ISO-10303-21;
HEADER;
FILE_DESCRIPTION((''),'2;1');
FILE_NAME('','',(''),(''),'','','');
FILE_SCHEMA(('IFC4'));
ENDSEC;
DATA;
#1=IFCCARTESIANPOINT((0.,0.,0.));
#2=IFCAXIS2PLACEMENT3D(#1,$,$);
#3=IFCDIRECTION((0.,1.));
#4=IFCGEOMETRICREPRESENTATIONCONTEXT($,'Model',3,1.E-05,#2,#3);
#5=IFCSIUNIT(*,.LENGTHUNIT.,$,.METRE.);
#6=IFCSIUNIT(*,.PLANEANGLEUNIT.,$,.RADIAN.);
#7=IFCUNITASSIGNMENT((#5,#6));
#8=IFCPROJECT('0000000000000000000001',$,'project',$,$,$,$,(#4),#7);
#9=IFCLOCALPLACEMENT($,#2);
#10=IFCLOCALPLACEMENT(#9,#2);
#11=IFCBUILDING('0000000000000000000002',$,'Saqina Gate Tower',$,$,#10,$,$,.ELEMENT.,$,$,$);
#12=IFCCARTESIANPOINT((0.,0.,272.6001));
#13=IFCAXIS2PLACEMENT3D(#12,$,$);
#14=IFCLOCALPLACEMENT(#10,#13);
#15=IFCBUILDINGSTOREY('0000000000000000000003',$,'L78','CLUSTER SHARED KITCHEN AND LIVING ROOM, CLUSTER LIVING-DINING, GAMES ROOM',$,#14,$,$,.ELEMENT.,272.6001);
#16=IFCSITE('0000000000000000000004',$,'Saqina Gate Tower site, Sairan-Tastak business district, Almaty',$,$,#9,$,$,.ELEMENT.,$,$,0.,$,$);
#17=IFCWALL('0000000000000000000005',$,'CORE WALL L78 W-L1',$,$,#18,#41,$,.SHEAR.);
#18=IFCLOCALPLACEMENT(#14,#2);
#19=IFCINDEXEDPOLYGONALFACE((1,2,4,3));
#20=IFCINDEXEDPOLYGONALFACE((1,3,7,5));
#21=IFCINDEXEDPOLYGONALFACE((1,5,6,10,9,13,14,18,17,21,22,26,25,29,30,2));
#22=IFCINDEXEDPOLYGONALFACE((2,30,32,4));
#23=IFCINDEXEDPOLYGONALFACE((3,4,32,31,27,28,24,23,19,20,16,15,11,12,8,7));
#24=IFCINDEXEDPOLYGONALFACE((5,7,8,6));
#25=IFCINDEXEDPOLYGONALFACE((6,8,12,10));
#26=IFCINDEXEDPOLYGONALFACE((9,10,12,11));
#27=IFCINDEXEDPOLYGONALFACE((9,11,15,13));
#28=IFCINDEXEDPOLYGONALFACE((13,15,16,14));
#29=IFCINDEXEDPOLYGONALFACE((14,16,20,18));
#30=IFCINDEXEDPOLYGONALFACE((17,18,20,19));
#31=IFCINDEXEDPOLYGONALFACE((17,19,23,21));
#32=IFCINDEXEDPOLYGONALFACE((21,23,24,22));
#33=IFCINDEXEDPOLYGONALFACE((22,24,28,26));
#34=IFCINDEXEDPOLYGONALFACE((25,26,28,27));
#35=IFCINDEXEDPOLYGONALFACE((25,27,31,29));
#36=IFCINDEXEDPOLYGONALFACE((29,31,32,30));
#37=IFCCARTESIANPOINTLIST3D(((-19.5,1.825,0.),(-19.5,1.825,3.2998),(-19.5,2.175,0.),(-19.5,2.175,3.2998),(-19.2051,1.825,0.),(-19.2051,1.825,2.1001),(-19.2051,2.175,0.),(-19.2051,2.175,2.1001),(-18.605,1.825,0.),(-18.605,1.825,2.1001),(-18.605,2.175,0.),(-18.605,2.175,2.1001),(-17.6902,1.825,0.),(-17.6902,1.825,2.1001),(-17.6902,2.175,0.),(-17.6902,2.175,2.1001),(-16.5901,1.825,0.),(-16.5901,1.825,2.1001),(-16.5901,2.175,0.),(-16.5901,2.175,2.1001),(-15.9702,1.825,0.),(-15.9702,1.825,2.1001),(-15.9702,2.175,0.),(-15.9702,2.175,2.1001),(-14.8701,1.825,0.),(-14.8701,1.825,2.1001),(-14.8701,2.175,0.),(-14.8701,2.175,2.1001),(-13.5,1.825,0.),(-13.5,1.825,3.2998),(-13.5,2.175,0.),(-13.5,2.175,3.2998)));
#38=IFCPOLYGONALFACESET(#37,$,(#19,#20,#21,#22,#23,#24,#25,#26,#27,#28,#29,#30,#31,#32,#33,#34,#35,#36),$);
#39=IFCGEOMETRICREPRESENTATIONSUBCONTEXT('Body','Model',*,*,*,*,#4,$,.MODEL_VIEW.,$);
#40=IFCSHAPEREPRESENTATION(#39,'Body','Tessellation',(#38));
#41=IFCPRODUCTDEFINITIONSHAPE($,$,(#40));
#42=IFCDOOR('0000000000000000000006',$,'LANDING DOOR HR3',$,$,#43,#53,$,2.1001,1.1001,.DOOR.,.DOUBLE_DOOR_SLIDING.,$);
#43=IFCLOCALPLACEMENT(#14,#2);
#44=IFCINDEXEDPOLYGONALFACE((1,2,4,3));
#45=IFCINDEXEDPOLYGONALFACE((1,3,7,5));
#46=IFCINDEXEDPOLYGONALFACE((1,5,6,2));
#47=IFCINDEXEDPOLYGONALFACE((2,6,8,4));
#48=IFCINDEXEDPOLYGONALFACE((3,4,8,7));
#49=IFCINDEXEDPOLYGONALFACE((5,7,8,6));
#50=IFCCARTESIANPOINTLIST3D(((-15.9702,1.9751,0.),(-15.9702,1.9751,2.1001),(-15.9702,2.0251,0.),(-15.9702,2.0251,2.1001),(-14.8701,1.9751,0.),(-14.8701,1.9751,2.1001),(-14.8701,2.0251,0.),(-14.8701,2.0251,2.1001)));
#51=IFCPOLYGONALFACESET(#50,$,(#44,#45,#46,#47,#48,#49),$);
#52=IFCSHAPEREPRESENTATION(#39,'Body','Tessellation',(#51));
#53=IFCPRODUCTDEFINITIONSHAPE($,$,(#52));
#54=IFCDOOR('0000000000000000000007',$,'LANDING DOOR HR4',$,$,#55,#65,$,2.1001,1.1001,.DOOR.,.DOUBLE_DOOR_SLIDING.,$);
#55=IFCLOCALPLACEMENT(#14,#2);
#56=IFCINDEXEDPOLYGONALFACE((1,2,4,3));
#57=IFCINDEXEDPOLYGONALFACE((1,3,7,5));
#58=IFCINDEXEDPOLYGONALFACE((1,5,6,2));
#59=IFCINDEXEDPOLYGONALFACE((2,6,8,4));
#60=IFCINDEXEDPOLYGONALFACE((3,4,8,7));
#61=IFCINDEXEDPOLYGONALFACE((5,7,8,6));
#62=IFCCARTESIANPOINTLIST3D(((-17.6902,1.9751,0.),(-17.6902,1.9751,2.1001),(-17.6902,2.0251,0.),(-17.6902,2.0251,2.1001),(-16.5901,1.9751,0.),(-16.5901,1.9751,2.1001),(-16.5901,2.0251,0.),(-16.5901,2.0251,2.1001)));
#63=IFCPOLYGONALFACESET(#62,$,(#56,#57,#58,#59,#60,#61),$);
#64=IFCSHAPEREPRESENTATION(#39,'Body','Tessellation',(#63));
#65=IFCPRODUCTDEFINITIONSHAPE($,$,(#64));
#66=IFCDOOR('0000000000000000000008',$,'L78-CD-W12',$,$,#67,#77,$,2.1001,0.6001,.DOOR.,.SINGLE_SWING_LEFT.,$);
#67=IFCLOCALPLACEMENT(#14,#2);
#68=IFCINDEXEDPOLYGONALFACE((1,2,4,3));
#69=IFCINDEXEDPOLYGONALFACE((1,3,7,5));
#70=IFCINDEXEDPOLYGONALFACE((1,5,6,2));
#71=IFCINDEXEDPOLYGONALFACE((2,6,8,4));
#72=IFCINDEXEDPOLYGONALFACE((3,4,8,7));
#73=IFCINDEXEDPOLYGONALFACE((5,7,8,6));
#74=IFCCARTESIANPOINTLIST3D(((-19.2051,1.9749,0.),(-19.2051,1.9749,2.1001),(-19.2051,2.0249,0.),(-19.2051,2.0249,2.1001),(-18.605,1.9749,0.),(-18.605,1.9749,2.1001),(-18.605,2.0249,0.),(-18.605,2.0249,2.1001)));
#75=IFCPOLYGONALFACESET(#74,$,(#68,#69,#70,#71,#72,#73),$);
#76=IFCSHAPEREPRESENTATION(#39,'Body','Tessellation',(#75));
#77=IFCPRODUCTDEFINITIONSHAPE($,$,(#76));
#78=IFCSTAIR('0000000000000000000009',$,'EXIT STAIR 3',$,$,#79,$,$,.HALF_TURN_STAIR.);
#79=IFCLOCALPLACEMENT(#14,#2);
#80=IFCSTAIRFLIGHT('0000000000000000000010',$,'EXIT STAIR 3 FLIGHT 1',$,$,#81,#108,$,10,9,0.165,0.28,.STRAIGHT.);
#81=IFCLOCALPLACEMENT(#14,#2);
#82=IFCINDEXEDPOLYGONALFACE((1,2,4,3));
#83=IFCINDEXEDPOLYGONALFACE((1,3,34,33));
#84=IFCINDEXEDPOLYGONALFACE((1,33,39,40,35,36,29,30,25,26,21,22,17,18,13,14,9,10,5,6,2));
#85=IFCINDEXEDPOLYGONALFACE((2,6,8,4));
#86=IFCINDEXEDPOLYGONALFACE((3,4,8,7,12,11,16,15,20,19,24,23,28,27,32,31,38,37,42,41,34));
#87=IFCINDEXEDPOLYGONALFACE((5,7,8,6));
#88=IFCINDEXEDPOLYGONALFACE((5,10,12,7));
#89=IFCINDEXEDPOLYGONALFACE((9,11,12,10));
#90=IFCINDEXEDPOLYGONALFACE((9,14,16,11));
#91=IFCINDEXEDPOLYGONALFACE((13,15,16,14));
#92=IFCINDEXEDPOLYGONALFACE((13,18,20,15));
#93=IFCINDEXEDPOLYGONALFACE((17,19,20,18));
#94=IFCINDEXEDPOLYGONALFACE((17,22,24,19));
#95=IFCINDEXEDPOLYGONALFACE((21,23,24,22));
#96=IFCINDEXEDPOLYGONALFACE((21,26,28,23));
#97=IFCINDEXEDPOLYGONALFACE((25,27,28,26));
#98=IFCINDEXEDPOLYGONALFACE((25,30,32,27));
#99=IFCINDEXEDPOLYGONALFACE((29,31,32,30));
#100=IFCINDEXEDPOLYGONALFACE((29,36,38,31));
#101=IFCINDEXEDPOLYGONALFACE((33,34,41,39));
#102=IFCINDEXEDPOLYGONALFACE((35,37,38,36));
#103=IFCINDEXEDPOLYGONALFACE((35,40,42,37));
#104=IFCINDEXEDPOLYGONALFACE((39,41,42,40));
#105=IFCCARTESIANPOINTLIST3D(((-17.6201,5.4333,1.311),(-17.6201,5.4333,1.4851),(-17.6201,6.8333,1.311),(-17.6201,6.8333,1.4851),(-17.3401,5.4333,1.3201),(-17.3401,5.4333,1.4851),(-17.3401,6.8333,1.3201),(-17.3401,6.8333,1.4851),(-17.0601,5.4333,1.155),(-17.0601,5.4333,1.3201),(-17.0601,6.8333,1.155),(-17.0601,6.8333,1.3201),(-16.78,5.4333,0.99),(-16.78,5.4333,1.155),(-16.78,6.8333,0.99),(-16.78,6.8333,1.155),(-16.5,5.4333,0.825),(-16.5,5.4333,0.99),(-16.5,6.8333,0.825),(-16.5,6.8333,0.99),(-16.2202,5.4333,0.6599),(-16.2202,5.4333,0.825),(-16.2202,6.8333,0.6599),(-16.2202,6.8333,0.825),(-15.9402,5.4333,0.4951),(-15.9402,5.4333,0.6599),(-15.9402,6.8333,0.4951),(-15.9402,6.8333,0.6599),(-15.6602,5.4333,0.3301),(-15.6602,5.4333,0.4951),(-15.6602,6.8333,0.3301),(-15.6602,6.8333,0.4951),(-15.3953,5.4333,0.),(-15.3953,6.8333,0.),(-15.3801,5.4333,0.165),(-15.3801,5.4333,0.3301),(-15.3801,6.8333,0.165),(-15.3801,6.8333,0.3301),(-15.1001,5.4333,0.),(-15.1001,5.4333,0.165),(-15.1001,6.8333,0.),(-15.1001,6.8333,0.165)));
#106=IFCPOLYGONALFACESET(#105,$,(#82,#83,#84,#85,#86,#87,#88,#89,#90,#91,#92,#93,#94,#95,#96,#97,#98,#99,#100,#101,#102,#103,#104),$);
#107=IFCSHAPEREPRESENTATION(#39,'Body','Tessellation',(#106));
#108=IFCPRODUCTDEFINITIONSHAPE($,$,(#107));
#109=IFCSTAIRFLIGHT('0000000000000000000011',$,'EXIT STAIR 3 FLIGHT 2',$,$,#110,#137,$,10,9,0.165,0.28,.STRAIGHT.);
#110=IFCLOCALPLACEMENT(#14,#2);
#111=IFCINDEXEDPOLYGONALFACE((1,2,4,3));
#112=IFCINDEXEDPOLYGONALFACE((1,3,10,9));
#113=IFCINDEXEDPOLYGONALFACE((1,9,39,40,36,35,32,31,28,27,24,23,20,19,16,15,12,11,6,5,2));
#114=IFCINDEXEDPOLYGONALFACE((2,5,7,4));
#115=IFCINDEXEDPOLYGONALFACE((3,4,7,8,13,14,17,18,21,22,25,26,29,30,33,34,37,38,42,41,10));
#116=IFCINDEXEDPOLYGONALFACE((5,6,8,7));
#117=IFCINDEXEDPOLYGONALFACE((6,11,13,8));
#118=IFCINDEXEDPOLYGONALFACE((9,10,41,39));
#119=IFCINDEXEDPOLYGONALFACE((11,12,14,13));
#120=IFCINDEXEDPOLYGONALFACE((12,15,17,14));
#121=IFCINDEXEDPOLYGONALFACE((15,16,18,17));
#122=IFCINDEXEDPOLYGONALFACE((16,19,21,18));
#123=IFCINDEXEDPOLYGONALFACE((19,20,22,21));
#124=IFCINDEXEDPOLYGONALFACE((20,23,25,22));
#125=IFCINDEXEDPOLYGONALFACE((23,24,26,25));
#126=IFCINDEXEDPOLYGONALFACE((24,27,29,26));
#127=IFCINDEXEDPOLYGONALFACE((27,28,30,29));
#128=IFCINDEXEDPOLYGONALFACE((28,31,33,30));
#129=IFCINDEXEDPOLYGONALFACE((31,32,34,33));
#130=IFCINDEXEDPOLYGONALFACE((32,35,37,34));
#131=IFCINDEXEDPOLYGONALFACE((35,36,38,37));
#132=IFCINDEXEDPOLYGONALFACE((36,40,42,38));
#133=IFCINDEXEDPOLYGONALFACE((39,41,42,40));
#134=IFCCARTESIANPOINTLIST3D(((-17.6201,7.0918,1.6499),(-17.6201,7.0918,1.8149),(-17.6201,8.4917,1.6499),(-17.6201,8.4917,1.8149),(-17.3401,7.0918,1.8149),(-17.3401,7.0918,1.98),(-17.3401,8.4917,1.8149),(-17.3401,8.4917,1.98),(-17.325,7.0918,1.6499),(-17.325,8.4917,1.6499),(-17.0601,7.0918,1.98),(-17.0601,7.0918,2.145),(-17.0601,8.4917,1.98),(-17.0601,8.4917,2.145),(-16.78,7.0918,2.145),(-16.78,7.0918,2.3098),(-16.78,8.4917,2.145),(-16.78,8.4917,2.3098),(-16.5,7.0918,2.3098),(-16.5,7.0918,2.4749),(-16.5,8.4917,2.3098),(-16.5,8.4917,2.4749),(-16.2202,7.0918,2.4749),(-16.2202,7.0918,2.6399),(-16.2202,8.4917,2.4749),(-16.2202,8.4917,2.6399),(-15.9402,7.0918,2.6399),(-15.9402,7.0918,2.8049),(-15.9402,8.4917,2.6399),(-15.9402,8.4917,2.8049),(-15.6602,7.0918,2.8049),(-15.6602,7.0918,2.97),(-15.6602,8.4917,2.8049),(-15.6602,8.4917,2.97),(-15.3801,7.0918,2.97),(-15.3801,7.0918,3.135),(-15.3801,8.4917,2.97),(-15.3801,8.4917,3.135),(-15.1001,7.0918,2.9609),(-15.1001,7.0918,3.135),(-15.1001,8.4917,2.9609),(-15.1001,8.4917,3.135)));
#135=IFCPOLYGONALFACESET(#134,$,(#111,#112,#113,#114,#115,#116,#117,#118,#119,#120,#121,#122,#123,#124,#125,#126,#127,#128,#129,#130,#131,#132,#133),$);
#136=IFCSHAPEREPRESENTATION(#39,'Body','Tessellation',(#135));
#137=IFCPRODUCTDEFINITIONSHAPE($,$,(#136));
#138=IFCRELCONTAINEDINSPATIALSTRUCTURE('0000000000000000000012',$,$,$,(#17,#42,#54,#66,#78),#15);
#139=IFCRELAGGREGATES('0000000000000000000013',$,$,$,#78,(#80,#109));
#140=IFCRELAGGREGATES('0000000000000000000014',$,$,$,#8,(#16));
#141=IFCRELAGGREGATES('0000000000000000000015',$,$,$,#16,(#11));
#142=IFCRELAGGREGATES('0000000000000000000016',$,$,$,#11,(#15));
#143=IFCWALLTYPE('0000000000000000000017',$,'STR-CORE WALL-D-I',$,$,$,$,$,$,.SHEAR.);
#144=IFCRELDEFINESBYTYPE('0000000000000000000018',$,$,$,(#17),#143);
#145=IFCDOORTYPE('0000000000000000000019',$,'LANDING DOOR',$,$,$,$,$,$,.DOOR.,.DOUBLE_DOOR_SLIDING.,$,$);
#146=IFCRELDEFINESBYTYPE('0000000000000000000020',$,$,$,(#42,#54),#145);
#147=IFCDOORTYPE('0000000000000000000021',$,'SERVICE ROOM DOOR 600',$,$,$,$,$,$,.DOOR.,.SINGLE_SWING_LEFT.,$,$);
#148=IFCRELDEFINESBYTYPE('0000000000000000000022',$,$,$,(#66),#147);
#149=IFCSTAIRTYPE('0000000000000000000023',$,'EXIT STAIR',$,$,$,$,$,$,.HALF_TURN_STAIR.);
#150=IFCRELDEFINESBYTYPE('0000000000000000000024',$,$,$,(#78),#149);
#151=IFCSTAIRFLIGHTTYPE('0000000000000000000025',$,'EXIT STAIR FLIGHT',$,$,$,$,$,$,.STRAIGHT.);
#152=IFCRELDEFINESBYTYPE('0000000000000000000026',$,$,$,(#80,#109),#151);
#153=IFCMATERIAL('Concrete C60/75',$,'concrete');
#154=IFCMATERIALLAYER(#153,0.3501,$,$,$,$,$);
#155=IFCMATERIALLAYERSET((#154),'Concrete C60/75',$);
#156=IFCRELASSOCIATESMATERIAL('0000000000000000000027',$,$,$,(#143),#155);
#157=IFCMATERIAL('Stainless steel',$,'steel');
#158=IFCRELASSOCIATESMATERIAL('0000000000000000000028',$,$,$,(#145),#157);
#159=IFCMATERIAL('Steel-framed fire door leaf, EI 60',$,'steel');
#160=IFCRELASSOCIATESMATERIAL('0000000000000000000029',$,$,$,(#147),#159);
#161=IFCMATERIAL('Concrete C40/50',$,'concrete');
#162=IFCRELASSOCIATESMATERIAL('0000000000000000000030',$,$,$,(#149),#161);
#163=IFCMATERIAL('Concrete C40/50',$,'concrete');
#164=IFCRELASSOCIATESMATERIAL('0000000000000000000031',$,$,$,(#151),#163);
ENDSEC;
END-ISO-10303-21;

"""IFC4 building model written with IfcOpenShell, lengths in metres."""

from ifc_helpers import new_model, si_unit, direction, frame, frame_2d, origin, place, context, subcontext, project, spatial, polyline, rectangle, outline, extrude, material, layer, layer_set, type_object, element, fill, aggregate, save


model = new_model("IFC4")

# Units and contexts
model_context = context("Model", 3, precision=1e-05, world=origin(), true_north=direction((0.0, 1.0)))
body_context = subcontext(model_context, "Body", "Model", "MODEL_VIEW")
ifc_project = project(units=[si_unit("LENGTHUNIT", "METRE"), si_unit("PLANEANGLEUNIT", "RADIAN")], contexts=[model_context])

# Site, building, storey
site_placement = place(None, origin())
site = spatial("IfcSite", under=ifc_project, at=site_placement, Name="Saqina Gate Tower site, Sairan-Tastak business district, Almaty", CompositionType="ELEMENT", RefElevation=0.0)
building_placement = place(site_placement, origin())
building = spatial("IfcBuilding", under=site, at=building_placement, Name="Saqina Gate Tower", CompositionType="ELEMENT")
storey_placement = place(building_placement, frame((0.0, 0.0, 272.6001)))
storey = spatial("IfcBuildingStorey", under=building, at=storey_placement, Name="L78", Description="CLUSTER SHARED KITCHEN AND LIVING ROOM, CLUSTER LIVING-DINING, GAMES ROOM", CompositionType="ELEMENT", Elevation=272.6001)

# Shared definitions
ifc_material_1 = material(Name="Concrete C60/75", Category="concrete")
ifc_layer_1 = layer(ifc_material_1, 0.3501)
ifc_layer_set_1 = layer_set([ifc_layer_1], Name="Concrete C60/75")
wall_type_1 = type_object("IfcWallType", Name="STR-CORE WALL-D-I", PredefinedType="SHEAR", material=ifc_layer_set_1)

# Wall, openings, doors
wall_1_placement = place(storey_placement, frame((-13.5, 2.0, 0.0), z_axis=(0.0, 0.0, 1.0), x_axis=(-1.0, 0.0, 0.0)))
wall_1 = element("IfcWall", 1, at=wall_1_placement, inside=storey, type_object=wall_type_1, Name="CORE WALL L78 W-L1", PredefinedType="SHEAR", context=body_context, shape_type="SweptSolid", body=[
    extrude(rectangle(XDim=6.0, YDim=0.3501, at=frame_2d((3.0, 0.0))), origin(), (0.0, 0.0, 1.0), 3.2998),
])
opening_1_placement = place(wall_1_placement, frame((1.3701, 0.0, 0.0)))
opening_1 = element("IfcOpeningElement", 2, at=opening_1_placement, cuts=wall_1, PredefinedType="OPENING", context=body_context, shape_type="SweptSolid", body=[
    extrude(rectangle(XDim=1.1001, YDim=2.1001, at=frame_2d((0.55, 1.05))), frame((0.0, 0.187, 0.0), z_axis=(0.0, -1.0, 0.0), x_axis=(1.0, 0.0, 0.0)), (0.0, 0.0, 1.0), 0.374),
])
opening_2_placement = place(wall_1_placement, frame((3.0901, 0.0, 0.0)))
opening_2 = element("IfcOpeningElement", 3, at=opening_2_placement, cuts=wall_1, PredefinedType="OPENING", context=body_context, shape_type="SweptSolid", body=[
    extrude(rectangle(XDim=1.1001, YDim=2.1001, at=frame_2d((0.55, 1.05))), frame((0.0, 0.187, 0.0), z_axis=(0.0, -1.0, 0.0), x_axis=(1.0, 0.0, 0.0)), (0.0, 0.0, 1.0), 0.374),
])
opening_3_placement = place(wall_1_placement, frame((5.105, 0.0, 0.0)))
opening_3 = element("IfcOpeningElement", 4, at=opening_3_placement, cuts=wall_1, PredefinedType="OPENING", context=body_context, shape_type="SweptSolid", body=[
    extrude(rectangle(XDim=0.6001, YDim=2.1001, at=frame_2d((0.3, 1.05))), frame((0.0, 0.187, 0.0), z_axis=(0.0, -1.0, 0.0), x_axis=(1.0, 0.0, 0.0)), (0.0, 0.0, 1.0), 0.374),
])
ifc_material_2 = material(Name="Stainless steel", Category="steel")
door_type_1 = type_object("IfcDoorType", Name="LANDING DOOR", OperationType="DOUBLE_DOOR_SLIDING", PredefinedType="DOOR", material=ifc_material_2)
door_1_placement = place(opening_1_placement, origin())
door_1 = element("IfcDoor", 5, at=door_1_placement, inside=storey, type_object=door_type_1, Name="LANDING DOOR HR3", OperationType="DOUBLE_DOOR_SLIDING", OverallHeight=2.1001, OverallWidth=1.1001, PredefinedType="DOOR", context=body_context, shape_type="SweptSolid", body=[
    extrude(rectangle(XDim=1.1001, YDim=2.1001, at=frame_2d((0.55, 1.05))), frame((0.0, 0.0249, 0.0), z_axis=(0.0, -1.0, 0.0), x_axis=(1.0, 0.0, 0.0)), (0.0, 0.0, 1.0), 0.05),
])
fill(opening_1, door_1)
door_2_placement = place(opening_2_placement, origin())
door_2 = element("IfcDoor", 6, at=door_2_placement, inside=storey, type_object=door_type_1, Name="LANDING DOOR HR4", OperationType="DOUBLE_DOOR_SLIDING", OverallHeight=2.1001, OverallWidth=1.1001, PredefinedType="DOOR", context=body_context, shape_type="SweptSolid", body=[
    extrude(rectangle(XDim=1.1001, YDim=2.1001, at=frame_2d((0.55, 1.05))), frame((0.0, 0.0249, 0.0), z_axis=(0.0, -1.0, 0.0), x_axis=(1.0, 0.0, 0.0)), (0.0, 0.0, 1.0), 0.05),
])
fill(opening_2, door_2)
ifc_material_3 = material(Name="Steel-framed fire door leaf, EI 60", Category="steel")
door_type_2 = type_object("IfcDoorType", Name="SERVICE ROOM DOOR 600", OperationType="SINGLE_SWING_LEFT", PredefinedType="DOOR", material=ifc_material_3)
door_3_placement = place(opening_3_placement, frame((0.6001, 0.0, 0.0), z_axis=(0.0, 0.0, 1.0), x_axis=(-1.0, 0.0, 0.0)))
door_3 = element("IfcDoor", 7, at=door_3_placement, inside=storey, type_object=door_type_2, Name="L78-CD-W12", OperationType="SINGLE_SWING_LEFT", OverallHeight=2.1001, OverallWidth=0.6001, PredefinedType="DOOR", context=body_context, shape_type="SweptSolid", body=[
    extrude(rectangle(XDim=0.6001, YDim=2.1001, at=frame_2d((0.3, 1.05))), frame((0.0, 0.0249, 0.0), z_axis=(0.0, -1.0, 0.0), x_axis=(1.0, 0.0, 0.0)), (0.0, 0.0, 1.0), 0.05),
])
fill(opening_3, door_3)

# Stair, stair flights
ifc_material_4 = material(Name="Concrete C40/50", Category="concrete")
stair_type = type_object("IfcStairType", Name="EXIT STAIR", PredefinedType="HALF_TURN_STAIR", material=ifc_material_4)
stair_placement = place(storey_placement, origin())
stair = element("IfcStair", 8, at=stair_placement, inside=storey, type_object=stair_type, Name="EXIT STAIR 3", PredefinedType="HALF_TURN_STAIR")
ifc_material_5 = material(Name="Concrete C40/50", Category="concrete")
stair_flight_type = type_object("IfcStairFlightType", Name="EXIT STAIR FLIGHT", PredefinedType="STRAIGHT", material=ifc_material_5)
stair_flight_1_placement = place(storey_placement, frame((-15.1001, 6.1333, 0.0), z_axis=(0.0, 0.0, 1.0), x_axis=(-1.0, 0.0, 0.0)))
stair_flight_1 = element("IfcStairFlight", 9, at=stair_flight_1_placement, type_object=stair_flight_type, Name="EXIT STAIR 3 FLIGHT 1", NumberOfRisers=10, NumberOfTreads=9, PredefinedType="STRAIGHT", RiserHeight=0.165, TreadLength=0.28, context=body_context, shape_type="SweptSolid", body=[
    extrude(outline(polyline([(0.0, 0.0), (0.0, 0.165), (0.28, 0.165), (0.28, 0.3301), (0.5601, 0.3301), (0.5601, 0.4951), (0.8401, 0.4951), (0.8401, 0.6599), (1.1201, 0.6599), (1.1201, 0.825), (1.3999, 0.825), (1.3999, 0.99), (1.6799, 0.99), (1.6799, 1.155), (1.96, 1.155), (1.96, 1.3201), (2.24, 1.3201), (2.24, 1.4851), (2.52, 1.4851), (2.52, 1.6499), (2.52, 1.311), (0.2952, 0.0), (0.0, 0.0)])), frame((0.0, 0.7, 0.0), z_axis=(0.0, -1.0, 0.0), x_axis=(1.0, 0.0, 0.0)), (0.0, 0.0, 1.0), 1.3999),
])
stair_flight_2_placement = place(storey_placement, frame((-17.6201, 7.7917, 1.6499), z_axis=(0.0, 0.0, 1.0), x_axis=(1.0, 0.0, 0.0)))
stair_flight_2 = element("IfcStairFlight", 10, at=stair_flight_2_placement, type_object=stair_flight_type, Name="EXIT STAIR 3 FLIGHT 2", NumberOfRisers=10, NumberOfTreads=9, PredefinedType="STRAIGHT", RiserHeight=0.165, TreadLength=0.28, context=body_context, shape_type="SweptSolid", body=[
    extrude(outline(polyline([(0.0, 0.0), (0.0, 0.165), (0.28, 0.165), (0.28, 0.3301), (0.5601, 0.3301), (0.5601, 0.4951), (0.8401, 0.4951), (0.8401, 0.6599), (1.1201, 0.6599), (1.1201, 0.825), (1.3999, 0.825), (1.3999, 0.99), (1.6799, 0.99), (1.6799, 1.155), (1.96, 1.155), (1.96, 1.3201), (2.24, 1.3201), (2.24, 1.4851), (2.52, 1.4851), (2.52, 1.6499), (2.52, 1.311), (0.2952, 0.0), (0.0, 0.0)])), frame((0.0, 0.7, 0.0), z_axis=(0.0, -1.0, 0.0), x_axis=(1.0, 0.0, 0.0)), (0.0, 0.0, 1.0), 1.3999),
])
aggregate(stair, [stair_flight_1, stair_flight_2])

save(model, "model.ifc")
